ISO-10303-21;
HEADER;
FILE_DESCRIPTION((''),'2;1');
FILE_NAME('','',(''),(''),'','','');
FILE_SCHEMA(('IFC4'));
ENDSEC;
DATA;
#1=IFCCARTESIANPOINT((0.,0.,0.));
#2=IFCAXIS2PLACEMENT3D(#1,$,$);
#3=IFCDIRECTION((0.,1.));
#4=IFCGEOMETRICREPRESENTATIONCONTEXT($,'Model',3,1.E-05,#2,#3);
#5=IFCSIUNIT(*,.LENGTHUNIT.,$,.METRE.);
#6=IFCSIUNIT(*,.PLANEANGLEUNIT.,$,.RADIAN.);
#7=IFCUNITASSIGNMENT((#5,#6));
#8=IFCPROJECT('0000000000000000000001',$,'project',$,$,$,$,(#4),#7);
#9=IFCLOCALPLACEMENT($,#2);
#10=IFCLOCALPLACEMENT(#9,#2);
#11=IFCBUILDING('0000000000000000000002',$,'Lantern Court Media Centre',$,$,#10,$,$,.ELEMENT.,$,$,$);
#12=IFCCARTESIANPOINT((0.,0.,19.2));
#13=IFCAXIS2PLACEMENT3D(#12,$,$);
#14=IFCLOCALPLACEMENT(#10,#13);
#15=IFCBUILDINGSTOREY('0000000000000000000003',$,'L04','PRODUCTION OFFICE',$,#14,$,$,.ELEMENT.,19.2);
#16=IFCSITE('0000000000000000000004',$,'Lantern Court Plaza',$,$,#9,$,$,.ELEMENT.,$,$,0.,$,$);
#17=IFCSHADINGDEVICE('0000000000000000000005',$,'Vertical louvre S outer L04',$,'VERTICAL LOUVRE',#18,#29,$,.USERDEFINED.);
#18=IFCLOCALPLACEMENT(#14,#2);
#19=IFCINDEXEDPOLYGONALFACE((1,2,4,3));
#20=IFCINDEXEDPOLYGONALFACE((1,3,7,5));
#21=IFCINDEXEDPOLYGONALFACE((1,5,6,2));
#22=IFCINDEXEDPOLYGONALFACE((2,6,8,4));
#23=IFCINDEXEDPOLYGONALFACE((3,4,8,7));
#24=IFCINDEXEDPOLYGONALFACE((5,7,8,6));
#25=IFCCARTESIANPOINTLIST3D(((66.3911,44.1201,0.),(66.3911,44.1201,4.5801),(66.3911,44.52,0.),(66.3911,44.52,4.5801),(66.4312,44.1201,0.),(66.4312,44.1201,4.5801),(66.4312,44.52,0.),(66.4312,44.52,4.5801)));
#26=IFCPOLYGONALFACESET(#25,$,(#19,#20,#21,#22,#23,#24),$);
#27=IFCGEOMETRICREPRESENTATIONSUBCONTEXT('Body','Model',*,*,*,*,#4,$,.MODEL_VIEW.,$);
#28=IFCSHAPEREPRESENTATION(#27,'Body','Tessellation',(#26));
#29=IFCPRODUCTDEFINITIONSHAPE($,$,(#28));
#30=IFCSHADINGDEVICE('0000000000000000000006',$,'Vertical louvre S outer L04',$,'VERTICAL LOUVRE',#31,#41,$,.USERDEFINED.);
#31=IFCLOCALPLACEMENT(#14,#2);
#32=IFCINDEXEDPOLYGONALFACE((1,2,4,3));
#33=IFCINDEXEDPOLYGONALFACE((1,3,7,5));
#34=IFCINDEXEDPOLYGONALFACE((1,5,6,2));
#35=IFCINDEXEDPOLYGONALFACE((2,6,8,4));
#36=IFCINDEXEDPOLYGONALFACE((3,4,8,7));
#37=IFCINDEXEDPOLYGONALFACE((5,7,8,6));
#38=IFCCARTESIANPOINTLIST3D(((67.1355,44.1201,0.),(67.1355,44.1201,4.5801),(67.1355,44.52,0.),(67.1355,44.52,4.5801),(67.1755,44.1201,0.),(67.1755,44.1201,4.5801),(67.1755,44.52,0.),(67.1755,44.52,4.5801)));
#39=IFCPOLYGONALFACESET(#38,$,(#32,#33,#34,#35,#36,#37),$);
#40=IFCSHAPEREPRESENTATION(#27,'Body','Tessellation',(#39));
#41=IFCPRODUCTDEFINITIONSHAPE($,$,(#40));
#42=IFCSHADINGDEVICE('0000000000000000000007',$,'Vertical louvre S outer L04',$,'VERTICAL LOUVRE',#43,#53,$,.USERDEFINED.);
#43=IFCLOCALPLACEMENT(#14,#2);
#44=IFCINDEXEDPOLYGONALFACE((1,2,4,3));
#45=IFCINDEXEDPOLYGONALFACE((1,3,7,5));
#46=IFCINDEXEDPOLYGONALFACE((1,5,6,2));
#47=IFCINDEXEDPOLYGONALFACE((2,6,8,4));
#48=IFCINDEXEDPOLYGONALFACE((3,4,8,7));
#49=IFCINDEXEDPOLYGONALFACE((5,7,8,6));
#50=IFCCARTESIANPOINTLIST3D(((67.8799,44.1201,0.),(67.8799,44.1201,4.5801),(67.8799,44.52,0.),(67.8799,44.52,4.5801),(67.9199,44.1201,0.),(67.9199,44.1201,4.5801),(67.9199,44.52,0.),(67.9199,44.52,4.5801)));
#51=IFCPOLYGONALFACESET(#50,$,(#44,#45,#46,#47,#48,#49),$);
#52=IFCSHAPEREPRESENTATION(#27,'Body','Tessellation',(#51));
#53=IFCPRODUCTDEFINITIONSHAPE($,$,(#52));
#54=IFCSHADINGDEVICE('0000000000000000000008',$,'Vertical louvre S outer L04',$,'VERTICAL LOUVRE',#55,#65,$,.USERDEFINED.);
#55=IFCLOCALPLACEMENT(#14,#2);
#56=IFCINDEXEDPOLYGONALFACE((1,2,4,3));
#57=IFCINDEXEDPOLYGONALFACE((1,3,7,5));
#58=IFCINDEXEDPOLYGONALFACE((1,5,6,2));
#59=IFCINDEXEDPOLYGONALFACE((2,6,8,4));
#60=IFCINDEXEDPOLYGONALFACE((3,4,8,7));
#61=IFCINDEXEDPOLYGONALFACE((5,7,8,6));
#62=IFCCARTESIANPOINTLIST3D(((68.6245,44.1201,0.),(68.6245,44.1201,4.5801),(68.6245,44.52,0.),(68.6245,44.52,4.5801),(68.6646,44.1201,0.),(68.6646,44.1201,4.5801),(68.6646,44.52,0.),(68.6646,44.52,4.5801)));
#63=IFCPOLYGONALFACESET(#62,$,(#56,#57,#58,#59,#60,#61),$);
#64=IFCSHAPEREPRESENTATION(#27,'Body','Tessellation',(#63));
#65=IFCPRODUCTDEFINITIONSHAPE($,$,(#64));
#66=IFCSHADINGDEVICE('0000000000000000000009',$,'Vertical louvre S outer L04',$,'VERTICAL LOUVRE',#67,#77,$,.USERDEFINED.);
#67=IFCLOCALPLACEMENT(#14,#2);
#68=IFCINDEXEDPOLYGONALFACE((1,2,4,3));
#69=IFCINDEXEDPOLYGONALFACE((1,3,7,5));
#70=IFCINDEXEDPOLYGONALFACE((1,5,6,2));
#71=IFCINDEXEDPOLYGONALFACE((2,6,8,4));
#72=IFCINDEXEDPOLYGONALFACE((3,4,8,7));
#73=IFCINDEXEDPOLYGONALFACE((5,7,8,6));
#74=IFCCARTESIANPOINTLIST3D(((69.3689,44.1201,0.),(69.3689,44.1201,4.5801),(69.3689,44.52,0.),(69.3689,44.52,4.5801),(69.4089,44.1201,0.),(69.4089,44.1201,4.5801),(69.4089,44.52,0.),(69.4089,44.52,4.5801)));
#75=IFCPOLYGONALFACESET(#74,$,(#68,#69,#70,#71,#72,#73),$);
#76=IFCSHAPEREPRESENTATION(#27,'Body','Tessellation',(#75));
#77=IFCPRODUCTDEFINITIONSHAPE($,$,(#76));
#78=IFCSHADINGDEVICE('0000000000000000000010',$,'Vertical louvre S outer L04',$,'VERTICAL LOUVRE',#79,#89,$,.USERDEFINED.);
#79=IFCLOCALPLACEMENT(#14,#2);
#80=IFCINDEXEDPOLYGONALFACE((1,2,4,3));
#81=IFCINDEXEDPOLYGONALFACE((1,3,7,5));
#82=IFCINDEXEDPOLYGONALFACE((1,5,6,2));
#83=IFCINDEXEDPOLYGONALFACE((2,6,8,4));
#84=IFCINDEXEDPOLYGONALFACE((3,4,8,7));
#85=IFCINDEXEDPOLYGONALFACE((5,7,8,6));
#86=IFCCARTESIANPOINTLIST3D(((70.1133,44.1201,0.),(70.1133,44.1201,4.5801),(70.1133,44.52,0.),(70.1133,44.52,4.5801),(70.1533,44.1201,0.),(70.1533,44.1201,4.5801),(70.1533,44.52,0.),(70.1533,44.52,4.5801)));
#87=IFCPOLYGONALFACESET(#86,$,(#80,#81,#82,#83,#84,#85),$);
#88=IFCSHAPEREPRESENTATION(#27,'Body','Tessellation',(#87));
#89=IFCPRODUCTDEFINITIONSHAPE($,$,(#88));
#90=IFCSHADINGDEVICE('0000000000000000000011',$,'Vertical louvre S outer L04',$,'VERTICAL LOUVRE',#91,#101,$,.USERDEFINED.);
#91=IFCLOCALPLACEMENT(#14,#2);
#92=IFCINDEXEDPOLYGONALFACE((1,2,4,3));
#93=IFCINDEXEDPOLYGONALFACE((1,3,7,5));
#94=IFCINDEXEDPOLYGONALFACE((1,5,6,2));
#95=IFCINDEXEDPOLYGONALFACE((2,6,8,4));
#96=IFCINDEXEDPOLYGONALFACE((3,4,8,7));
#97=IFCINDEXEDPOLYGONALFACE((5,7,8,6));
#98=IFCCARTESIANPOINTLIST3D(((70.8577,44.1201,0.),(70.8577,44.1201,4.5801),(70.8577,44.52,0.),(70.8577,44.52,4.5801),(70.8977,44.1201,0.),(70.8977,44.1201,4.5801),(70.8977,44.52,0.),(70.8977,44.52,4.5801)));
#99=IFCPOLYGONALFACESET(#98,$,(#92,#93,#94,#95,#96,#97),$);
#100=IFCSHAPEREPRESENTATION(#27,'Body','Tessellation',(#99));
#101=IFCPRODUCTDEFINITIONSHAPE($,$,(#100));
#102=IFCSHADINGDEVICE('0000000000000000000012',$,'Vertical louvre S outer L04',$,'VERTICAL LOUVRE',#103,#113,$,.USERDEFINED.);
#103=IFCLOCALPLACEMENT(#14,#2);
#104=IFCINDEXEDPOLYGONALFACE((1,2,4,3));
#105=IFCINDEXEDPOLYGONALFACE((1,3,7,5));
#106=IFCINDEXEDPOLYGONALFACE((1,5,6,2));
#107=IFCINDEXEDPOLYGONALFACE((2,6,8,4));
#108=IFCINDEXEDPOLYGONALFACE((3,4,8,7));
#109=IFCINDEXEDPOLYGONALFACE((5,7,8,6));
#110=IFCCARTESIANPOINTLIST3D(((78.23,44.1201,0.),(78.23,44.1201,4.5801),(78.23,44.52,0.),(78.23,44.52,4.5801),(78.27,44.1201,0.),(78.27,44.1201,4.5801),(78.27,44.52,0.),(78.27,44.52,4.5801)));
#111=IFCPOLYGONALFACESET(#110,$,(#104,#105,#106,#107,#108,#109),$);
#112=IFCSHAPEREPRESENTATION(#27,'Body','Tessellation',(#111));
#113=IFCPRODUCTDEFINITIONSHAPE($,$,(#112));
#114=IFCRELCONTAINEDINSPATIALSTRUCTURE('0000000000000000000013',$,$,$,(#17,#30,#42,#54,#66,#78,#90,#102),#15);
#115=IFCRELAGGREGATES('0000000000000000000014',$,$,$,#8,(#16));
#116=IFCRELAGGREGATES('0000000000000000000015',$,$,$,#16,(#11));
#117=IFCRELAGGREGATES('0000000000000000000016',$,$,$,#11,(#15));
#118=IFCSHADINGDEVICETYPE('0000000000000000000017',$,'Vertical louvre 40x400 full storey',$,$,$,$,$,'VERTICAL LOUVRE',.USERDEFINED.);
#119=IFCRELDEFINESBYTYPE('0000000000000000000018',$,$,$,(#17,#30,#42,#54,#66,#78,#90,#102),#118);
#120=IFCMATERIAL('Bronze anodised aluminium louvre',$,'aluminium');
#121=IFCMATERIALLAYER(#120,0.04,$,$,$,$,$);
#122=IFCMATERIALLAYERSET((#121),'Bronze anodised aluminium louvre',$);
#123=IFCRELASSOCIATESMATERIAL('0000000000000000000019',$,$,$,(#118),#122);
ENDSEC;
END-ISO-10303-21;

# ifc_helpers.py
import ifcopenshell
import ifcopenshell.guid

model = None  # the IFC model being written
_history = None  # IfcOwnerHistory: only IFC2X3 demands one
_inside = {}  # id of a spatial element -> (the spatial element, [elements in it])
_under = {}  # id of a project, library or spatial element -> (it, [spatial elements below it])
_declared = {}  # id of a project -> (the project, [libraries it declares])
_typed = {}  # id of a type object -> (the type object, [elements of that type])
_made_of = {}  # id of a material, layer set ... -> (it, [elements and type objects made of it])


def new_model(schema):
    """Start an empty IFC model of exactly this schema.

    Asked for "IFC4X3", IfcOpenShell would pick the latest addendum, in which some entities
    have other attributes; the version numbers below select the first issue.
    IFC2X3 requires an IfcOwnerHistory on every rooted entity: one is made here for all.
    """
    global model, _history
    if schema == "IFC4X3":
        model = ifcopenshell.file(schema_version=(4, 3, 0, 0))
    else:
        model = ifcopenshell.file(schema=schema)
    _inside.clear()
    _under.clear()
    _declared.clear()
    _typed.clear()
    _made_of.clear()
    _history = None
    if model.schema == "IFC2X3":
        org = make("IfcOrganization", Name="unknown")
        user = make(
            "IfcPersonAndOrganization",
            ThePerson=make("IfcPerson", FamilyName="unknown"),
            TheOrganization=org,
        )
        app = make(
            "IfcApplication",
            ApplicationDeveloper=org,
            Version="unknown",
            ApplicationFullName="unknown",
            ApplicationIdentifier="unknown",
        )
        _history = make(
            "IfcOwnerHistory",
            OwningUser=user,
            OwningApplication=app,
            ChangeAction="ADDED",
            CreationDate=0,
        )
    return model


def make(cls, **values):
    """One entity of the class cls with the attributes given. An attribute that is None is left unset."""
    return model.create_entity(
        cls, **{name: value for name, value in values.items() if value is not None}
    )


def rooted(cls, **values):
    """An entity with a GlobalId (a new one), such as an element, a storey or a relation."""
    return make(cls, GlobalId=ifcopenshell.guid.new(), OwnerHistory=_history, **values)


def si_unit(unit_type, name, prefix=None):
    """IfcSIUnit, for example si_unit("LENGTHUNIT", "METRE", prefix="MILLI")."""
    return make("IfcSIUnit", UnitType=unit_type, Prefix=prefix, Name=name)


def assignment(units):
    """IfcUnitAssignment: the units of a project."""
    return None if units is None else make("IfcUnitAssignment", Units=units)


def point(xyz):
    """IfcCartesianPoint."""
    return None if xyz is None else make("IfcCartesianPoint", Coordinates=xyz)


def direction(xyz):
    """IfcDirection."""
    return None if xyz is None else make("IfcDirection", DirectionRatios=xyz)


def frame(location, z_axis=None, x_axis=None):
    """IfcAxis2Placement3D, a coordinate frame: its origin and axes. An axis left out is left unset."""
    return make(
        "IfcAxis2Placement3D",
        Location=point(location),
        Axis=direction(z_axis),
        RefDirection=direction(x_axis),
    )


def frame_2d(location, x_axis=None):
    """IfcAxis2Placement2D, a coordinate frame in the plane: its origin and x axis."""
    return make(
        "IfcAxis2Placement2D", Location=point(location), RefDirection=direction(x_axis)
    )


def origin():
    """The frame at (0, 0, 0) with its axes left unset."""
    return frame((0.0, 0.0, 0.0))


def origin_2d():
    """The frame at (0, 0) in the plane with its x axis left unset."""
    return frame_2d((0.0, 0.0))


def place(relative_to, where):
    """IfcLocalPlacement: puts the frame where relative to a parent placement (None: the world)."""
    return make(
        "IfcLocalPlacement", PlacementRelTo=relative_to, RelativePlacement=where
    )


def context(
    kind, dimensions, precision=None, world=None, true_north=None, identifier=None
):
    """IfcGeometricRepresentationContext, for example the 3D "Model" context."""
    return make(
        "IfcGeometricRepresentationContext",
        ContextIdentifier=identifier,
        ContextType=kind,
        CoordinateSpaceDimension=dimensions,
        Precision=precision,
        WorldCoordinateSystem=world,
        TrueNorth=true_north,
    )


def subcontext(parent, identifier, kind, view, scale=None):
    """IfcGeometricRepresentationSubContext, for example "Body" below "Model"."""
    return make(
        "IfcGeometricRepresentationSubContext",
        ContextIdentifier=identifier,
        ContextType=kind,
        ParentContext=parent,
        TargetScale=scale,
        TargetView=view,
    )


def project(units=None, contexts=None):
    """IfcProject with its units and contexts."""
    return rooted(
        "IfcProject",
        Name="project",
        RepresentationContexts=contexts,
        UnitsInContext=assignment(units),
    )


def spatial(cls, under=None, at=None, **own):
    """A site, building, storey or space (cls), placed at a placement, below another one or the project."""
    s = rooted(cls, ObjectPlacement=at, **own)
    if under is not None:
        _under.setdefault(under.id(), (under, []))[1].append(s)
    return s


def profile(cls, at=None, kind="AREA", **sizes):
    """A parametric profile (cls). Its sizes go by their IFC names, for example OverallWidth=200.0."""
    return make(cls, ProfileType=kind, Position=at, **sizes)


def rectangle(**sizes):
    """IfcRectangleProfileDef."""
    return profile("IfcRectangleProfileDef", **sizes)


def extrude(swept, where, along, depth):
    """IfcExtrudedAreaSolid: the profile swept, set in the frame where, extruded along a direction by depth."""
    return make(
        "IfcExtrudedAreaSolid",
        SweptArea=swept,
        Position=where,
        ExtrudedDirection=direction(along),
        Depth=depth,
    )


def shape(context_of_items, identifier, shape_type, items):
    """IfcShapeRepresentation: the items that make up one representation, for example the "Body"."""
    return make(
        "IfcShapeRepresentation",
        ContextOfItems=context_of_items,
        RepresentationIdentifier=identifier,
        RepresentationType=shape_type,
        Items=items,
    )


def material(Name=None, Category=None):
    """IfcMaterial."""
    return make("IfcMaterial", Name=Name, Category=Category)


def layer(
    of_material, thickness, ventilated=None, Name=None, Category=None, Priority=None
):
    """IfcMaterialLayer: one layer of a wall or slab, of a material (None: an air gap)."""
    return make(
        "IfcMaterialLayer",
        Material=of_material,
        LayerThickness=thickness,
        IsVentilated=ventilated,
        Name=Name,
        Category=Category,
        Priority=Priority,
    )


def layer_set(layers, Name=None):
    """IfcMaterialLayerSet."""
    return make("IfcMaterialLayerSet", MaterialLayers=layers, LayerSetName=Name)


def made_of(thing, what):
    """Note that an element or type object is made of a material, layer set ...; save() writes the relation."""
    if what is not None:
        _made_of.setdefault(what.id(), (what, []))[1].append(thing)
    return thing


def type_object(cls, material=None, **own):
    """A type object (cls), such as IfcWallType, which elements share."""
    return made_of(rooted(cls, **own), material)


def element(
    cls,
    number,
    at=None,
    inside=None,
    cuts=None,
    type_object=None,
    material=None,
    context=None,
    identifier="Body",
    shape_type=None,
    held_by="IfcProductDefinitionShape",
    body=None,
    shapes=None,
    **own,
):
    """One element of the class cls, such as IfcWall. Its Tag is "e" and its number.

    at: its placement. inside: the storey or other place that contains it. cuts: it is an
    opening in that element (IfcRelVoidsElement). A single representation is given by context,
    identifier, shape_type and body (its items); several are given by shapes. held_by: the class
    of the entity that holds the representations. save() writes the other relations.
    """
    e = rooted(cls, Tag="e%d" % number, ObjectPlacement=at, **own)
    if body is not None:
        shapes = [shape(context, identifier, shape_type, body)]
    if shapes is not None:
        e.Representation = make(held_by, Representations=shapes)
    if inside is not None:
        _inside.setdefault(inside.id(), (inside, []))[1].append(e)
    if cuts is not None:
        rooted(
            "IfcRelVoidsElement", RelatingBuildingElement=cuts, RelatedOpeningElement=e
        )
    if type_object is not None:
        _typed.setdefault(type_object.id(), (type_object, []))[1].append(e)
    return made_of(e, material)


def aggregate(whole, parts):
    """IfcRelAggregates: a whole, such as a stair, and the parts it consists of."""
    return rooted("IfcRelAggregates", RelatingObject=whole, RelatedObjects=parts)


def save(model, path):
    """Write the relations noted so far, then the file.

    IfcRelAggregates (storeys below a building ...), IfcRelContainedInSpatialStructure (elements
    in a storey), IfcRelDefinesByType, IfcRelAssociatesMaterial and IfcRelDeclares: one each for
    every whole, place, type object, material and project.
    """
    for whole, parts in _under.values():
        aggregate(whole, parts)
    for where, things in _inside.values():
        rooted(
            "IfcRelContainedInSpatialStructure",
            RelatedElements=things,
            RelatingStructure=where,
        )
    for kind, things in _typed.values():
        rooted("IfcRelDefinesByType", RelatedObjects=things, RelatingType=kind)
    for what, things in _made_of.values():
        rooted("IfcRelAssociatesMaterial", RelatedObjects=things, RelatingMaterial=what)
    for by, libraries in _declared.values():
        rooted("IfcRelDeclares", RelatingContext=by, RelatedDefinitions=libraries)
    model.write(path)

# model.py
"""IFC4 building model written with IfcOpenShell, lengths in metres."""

from ifc_helpers import new_model, si_unit, direction, frame, origin, origin_2d, place, context, subcontext, project, spatial, rectangle, extrude, material, layer, layer_set, type_object, element, save


model = new_model("IFC4")

# Units and contexts
model_context = context("Model", 3, precision=1e-05, world=origin(), true_north=direction((0.0, 1.0)))
body_context = subcontext(model_context, "Body", "Model", "MODEL_VIEW")
ifc_project = project(units=[si_unit("LENGTHUNIT", "METRE"), si_unit("PLANEANGLEUNIT", "RADIAN")], contexts=[model_context])

# Site, building, storey
site_placement = place(None, origin())
site = spatial("IfcSite", under=ifc_project, at=site_placement, Name="Lantern Court Plaza", CompositionType="ELEMENT", RefElevation=0.0)
building_placement = place(site_placement, origin())
building = spatial("IfcBuilding", under=site, at=building_placement, Name="Lantern Court Media Centre", CompositionType="ELEMENT")
storey_placement = place(building_placement, frame((0.0, 0.0, 19.2)))
storey = spatial("IfcBuildingStorey", under=building, at=storey_placement, Name="L04", Description="PRODUCTION OFFICE", CompositionType="ELEMENT", Elevation=19.2)

# Shading devices
ifc_material_1 = material(Name="Bronze anodised aluminium louvre", Category="aluminium")
ifc_layer_1 = layer(ifc_material_1, 0.04)
ifc_layer_set_1 = layer_set([ifc_layer_1], Name="Bronze anodised aluminium louvre")
shading_device_type = type_object("IfcShadingDeviceType", Name="Vertical louvre 40x400 full storey", ElementType="VERTICAL LOUVRE", PredefinedType="USERDEFINED", material=ifc_layer_set_1)
for number, where, z_axis, x_axis, name in (
    (1, (66.4111, 44.3201, 0.0), (0.0, 0.0, 1.0), (1.0, 0.0, 0.0), "Vertical louvre S outer L04"),
    (2, (67.1555, 44.3201, 0.0), (0.0, 0.0, 1.0), (1.0, 0.0, 0.0), "Vertical louvre S outer L04"),
    (3, (67.8999, 44.3201, 0.0), (0.0, 0.0, 1.0), (1.0, 0.0, 0.0), "Vertical louvre S outer L04"),
    (4, (68.6445, 44.3201, 0.0), (0.0, 0.0, 1.0), (1.0, 0.0, 0.0), "Vertical louvre S outer L04"),
    (5, (69.3889, 44.3201, 0.0), (0.0, 0.0, 1.0), (1.0, 0.0, 0.0), "Vertical louvre S outer L04"),
    (6, (70.1333, 44.3201, 0.0), (0.0, 0.0, 1.0), (1.0, 0.0, 0.0), "Vertical louvre S outer L04"),
    (7, (70.8777, 44.3201, 0.0), (0.0, 0.0, 1.0), (1.0, 0.0, 0.0), "Vertical louvre S outer L04"),
    (8, (78.25, 44.3201, 0.0), (0.0, 0.0, 1.0), (1.0, 0.0, 0.0), "Vertical louvre S outer L04"),
):
    element("IfcShadingDevice", number, at=place(storey_placement, frame(where, z_axis=z_axis, x_axis=x_axis)), inside=storey, type_object=shading_device_type, Name=name, ObjectType="VERTICAL LOUVRE", PredefinedType="USERDEFINED", context=body_context, shape_type="SweptSolid", body=[
        extrude(rectangle(XDim=0.04, YDim=0.3999, at=origin_2d()), origin(), (0.0, 0.0, 1.0), 4.5801),
    ])

save(model, "model.ifc")
